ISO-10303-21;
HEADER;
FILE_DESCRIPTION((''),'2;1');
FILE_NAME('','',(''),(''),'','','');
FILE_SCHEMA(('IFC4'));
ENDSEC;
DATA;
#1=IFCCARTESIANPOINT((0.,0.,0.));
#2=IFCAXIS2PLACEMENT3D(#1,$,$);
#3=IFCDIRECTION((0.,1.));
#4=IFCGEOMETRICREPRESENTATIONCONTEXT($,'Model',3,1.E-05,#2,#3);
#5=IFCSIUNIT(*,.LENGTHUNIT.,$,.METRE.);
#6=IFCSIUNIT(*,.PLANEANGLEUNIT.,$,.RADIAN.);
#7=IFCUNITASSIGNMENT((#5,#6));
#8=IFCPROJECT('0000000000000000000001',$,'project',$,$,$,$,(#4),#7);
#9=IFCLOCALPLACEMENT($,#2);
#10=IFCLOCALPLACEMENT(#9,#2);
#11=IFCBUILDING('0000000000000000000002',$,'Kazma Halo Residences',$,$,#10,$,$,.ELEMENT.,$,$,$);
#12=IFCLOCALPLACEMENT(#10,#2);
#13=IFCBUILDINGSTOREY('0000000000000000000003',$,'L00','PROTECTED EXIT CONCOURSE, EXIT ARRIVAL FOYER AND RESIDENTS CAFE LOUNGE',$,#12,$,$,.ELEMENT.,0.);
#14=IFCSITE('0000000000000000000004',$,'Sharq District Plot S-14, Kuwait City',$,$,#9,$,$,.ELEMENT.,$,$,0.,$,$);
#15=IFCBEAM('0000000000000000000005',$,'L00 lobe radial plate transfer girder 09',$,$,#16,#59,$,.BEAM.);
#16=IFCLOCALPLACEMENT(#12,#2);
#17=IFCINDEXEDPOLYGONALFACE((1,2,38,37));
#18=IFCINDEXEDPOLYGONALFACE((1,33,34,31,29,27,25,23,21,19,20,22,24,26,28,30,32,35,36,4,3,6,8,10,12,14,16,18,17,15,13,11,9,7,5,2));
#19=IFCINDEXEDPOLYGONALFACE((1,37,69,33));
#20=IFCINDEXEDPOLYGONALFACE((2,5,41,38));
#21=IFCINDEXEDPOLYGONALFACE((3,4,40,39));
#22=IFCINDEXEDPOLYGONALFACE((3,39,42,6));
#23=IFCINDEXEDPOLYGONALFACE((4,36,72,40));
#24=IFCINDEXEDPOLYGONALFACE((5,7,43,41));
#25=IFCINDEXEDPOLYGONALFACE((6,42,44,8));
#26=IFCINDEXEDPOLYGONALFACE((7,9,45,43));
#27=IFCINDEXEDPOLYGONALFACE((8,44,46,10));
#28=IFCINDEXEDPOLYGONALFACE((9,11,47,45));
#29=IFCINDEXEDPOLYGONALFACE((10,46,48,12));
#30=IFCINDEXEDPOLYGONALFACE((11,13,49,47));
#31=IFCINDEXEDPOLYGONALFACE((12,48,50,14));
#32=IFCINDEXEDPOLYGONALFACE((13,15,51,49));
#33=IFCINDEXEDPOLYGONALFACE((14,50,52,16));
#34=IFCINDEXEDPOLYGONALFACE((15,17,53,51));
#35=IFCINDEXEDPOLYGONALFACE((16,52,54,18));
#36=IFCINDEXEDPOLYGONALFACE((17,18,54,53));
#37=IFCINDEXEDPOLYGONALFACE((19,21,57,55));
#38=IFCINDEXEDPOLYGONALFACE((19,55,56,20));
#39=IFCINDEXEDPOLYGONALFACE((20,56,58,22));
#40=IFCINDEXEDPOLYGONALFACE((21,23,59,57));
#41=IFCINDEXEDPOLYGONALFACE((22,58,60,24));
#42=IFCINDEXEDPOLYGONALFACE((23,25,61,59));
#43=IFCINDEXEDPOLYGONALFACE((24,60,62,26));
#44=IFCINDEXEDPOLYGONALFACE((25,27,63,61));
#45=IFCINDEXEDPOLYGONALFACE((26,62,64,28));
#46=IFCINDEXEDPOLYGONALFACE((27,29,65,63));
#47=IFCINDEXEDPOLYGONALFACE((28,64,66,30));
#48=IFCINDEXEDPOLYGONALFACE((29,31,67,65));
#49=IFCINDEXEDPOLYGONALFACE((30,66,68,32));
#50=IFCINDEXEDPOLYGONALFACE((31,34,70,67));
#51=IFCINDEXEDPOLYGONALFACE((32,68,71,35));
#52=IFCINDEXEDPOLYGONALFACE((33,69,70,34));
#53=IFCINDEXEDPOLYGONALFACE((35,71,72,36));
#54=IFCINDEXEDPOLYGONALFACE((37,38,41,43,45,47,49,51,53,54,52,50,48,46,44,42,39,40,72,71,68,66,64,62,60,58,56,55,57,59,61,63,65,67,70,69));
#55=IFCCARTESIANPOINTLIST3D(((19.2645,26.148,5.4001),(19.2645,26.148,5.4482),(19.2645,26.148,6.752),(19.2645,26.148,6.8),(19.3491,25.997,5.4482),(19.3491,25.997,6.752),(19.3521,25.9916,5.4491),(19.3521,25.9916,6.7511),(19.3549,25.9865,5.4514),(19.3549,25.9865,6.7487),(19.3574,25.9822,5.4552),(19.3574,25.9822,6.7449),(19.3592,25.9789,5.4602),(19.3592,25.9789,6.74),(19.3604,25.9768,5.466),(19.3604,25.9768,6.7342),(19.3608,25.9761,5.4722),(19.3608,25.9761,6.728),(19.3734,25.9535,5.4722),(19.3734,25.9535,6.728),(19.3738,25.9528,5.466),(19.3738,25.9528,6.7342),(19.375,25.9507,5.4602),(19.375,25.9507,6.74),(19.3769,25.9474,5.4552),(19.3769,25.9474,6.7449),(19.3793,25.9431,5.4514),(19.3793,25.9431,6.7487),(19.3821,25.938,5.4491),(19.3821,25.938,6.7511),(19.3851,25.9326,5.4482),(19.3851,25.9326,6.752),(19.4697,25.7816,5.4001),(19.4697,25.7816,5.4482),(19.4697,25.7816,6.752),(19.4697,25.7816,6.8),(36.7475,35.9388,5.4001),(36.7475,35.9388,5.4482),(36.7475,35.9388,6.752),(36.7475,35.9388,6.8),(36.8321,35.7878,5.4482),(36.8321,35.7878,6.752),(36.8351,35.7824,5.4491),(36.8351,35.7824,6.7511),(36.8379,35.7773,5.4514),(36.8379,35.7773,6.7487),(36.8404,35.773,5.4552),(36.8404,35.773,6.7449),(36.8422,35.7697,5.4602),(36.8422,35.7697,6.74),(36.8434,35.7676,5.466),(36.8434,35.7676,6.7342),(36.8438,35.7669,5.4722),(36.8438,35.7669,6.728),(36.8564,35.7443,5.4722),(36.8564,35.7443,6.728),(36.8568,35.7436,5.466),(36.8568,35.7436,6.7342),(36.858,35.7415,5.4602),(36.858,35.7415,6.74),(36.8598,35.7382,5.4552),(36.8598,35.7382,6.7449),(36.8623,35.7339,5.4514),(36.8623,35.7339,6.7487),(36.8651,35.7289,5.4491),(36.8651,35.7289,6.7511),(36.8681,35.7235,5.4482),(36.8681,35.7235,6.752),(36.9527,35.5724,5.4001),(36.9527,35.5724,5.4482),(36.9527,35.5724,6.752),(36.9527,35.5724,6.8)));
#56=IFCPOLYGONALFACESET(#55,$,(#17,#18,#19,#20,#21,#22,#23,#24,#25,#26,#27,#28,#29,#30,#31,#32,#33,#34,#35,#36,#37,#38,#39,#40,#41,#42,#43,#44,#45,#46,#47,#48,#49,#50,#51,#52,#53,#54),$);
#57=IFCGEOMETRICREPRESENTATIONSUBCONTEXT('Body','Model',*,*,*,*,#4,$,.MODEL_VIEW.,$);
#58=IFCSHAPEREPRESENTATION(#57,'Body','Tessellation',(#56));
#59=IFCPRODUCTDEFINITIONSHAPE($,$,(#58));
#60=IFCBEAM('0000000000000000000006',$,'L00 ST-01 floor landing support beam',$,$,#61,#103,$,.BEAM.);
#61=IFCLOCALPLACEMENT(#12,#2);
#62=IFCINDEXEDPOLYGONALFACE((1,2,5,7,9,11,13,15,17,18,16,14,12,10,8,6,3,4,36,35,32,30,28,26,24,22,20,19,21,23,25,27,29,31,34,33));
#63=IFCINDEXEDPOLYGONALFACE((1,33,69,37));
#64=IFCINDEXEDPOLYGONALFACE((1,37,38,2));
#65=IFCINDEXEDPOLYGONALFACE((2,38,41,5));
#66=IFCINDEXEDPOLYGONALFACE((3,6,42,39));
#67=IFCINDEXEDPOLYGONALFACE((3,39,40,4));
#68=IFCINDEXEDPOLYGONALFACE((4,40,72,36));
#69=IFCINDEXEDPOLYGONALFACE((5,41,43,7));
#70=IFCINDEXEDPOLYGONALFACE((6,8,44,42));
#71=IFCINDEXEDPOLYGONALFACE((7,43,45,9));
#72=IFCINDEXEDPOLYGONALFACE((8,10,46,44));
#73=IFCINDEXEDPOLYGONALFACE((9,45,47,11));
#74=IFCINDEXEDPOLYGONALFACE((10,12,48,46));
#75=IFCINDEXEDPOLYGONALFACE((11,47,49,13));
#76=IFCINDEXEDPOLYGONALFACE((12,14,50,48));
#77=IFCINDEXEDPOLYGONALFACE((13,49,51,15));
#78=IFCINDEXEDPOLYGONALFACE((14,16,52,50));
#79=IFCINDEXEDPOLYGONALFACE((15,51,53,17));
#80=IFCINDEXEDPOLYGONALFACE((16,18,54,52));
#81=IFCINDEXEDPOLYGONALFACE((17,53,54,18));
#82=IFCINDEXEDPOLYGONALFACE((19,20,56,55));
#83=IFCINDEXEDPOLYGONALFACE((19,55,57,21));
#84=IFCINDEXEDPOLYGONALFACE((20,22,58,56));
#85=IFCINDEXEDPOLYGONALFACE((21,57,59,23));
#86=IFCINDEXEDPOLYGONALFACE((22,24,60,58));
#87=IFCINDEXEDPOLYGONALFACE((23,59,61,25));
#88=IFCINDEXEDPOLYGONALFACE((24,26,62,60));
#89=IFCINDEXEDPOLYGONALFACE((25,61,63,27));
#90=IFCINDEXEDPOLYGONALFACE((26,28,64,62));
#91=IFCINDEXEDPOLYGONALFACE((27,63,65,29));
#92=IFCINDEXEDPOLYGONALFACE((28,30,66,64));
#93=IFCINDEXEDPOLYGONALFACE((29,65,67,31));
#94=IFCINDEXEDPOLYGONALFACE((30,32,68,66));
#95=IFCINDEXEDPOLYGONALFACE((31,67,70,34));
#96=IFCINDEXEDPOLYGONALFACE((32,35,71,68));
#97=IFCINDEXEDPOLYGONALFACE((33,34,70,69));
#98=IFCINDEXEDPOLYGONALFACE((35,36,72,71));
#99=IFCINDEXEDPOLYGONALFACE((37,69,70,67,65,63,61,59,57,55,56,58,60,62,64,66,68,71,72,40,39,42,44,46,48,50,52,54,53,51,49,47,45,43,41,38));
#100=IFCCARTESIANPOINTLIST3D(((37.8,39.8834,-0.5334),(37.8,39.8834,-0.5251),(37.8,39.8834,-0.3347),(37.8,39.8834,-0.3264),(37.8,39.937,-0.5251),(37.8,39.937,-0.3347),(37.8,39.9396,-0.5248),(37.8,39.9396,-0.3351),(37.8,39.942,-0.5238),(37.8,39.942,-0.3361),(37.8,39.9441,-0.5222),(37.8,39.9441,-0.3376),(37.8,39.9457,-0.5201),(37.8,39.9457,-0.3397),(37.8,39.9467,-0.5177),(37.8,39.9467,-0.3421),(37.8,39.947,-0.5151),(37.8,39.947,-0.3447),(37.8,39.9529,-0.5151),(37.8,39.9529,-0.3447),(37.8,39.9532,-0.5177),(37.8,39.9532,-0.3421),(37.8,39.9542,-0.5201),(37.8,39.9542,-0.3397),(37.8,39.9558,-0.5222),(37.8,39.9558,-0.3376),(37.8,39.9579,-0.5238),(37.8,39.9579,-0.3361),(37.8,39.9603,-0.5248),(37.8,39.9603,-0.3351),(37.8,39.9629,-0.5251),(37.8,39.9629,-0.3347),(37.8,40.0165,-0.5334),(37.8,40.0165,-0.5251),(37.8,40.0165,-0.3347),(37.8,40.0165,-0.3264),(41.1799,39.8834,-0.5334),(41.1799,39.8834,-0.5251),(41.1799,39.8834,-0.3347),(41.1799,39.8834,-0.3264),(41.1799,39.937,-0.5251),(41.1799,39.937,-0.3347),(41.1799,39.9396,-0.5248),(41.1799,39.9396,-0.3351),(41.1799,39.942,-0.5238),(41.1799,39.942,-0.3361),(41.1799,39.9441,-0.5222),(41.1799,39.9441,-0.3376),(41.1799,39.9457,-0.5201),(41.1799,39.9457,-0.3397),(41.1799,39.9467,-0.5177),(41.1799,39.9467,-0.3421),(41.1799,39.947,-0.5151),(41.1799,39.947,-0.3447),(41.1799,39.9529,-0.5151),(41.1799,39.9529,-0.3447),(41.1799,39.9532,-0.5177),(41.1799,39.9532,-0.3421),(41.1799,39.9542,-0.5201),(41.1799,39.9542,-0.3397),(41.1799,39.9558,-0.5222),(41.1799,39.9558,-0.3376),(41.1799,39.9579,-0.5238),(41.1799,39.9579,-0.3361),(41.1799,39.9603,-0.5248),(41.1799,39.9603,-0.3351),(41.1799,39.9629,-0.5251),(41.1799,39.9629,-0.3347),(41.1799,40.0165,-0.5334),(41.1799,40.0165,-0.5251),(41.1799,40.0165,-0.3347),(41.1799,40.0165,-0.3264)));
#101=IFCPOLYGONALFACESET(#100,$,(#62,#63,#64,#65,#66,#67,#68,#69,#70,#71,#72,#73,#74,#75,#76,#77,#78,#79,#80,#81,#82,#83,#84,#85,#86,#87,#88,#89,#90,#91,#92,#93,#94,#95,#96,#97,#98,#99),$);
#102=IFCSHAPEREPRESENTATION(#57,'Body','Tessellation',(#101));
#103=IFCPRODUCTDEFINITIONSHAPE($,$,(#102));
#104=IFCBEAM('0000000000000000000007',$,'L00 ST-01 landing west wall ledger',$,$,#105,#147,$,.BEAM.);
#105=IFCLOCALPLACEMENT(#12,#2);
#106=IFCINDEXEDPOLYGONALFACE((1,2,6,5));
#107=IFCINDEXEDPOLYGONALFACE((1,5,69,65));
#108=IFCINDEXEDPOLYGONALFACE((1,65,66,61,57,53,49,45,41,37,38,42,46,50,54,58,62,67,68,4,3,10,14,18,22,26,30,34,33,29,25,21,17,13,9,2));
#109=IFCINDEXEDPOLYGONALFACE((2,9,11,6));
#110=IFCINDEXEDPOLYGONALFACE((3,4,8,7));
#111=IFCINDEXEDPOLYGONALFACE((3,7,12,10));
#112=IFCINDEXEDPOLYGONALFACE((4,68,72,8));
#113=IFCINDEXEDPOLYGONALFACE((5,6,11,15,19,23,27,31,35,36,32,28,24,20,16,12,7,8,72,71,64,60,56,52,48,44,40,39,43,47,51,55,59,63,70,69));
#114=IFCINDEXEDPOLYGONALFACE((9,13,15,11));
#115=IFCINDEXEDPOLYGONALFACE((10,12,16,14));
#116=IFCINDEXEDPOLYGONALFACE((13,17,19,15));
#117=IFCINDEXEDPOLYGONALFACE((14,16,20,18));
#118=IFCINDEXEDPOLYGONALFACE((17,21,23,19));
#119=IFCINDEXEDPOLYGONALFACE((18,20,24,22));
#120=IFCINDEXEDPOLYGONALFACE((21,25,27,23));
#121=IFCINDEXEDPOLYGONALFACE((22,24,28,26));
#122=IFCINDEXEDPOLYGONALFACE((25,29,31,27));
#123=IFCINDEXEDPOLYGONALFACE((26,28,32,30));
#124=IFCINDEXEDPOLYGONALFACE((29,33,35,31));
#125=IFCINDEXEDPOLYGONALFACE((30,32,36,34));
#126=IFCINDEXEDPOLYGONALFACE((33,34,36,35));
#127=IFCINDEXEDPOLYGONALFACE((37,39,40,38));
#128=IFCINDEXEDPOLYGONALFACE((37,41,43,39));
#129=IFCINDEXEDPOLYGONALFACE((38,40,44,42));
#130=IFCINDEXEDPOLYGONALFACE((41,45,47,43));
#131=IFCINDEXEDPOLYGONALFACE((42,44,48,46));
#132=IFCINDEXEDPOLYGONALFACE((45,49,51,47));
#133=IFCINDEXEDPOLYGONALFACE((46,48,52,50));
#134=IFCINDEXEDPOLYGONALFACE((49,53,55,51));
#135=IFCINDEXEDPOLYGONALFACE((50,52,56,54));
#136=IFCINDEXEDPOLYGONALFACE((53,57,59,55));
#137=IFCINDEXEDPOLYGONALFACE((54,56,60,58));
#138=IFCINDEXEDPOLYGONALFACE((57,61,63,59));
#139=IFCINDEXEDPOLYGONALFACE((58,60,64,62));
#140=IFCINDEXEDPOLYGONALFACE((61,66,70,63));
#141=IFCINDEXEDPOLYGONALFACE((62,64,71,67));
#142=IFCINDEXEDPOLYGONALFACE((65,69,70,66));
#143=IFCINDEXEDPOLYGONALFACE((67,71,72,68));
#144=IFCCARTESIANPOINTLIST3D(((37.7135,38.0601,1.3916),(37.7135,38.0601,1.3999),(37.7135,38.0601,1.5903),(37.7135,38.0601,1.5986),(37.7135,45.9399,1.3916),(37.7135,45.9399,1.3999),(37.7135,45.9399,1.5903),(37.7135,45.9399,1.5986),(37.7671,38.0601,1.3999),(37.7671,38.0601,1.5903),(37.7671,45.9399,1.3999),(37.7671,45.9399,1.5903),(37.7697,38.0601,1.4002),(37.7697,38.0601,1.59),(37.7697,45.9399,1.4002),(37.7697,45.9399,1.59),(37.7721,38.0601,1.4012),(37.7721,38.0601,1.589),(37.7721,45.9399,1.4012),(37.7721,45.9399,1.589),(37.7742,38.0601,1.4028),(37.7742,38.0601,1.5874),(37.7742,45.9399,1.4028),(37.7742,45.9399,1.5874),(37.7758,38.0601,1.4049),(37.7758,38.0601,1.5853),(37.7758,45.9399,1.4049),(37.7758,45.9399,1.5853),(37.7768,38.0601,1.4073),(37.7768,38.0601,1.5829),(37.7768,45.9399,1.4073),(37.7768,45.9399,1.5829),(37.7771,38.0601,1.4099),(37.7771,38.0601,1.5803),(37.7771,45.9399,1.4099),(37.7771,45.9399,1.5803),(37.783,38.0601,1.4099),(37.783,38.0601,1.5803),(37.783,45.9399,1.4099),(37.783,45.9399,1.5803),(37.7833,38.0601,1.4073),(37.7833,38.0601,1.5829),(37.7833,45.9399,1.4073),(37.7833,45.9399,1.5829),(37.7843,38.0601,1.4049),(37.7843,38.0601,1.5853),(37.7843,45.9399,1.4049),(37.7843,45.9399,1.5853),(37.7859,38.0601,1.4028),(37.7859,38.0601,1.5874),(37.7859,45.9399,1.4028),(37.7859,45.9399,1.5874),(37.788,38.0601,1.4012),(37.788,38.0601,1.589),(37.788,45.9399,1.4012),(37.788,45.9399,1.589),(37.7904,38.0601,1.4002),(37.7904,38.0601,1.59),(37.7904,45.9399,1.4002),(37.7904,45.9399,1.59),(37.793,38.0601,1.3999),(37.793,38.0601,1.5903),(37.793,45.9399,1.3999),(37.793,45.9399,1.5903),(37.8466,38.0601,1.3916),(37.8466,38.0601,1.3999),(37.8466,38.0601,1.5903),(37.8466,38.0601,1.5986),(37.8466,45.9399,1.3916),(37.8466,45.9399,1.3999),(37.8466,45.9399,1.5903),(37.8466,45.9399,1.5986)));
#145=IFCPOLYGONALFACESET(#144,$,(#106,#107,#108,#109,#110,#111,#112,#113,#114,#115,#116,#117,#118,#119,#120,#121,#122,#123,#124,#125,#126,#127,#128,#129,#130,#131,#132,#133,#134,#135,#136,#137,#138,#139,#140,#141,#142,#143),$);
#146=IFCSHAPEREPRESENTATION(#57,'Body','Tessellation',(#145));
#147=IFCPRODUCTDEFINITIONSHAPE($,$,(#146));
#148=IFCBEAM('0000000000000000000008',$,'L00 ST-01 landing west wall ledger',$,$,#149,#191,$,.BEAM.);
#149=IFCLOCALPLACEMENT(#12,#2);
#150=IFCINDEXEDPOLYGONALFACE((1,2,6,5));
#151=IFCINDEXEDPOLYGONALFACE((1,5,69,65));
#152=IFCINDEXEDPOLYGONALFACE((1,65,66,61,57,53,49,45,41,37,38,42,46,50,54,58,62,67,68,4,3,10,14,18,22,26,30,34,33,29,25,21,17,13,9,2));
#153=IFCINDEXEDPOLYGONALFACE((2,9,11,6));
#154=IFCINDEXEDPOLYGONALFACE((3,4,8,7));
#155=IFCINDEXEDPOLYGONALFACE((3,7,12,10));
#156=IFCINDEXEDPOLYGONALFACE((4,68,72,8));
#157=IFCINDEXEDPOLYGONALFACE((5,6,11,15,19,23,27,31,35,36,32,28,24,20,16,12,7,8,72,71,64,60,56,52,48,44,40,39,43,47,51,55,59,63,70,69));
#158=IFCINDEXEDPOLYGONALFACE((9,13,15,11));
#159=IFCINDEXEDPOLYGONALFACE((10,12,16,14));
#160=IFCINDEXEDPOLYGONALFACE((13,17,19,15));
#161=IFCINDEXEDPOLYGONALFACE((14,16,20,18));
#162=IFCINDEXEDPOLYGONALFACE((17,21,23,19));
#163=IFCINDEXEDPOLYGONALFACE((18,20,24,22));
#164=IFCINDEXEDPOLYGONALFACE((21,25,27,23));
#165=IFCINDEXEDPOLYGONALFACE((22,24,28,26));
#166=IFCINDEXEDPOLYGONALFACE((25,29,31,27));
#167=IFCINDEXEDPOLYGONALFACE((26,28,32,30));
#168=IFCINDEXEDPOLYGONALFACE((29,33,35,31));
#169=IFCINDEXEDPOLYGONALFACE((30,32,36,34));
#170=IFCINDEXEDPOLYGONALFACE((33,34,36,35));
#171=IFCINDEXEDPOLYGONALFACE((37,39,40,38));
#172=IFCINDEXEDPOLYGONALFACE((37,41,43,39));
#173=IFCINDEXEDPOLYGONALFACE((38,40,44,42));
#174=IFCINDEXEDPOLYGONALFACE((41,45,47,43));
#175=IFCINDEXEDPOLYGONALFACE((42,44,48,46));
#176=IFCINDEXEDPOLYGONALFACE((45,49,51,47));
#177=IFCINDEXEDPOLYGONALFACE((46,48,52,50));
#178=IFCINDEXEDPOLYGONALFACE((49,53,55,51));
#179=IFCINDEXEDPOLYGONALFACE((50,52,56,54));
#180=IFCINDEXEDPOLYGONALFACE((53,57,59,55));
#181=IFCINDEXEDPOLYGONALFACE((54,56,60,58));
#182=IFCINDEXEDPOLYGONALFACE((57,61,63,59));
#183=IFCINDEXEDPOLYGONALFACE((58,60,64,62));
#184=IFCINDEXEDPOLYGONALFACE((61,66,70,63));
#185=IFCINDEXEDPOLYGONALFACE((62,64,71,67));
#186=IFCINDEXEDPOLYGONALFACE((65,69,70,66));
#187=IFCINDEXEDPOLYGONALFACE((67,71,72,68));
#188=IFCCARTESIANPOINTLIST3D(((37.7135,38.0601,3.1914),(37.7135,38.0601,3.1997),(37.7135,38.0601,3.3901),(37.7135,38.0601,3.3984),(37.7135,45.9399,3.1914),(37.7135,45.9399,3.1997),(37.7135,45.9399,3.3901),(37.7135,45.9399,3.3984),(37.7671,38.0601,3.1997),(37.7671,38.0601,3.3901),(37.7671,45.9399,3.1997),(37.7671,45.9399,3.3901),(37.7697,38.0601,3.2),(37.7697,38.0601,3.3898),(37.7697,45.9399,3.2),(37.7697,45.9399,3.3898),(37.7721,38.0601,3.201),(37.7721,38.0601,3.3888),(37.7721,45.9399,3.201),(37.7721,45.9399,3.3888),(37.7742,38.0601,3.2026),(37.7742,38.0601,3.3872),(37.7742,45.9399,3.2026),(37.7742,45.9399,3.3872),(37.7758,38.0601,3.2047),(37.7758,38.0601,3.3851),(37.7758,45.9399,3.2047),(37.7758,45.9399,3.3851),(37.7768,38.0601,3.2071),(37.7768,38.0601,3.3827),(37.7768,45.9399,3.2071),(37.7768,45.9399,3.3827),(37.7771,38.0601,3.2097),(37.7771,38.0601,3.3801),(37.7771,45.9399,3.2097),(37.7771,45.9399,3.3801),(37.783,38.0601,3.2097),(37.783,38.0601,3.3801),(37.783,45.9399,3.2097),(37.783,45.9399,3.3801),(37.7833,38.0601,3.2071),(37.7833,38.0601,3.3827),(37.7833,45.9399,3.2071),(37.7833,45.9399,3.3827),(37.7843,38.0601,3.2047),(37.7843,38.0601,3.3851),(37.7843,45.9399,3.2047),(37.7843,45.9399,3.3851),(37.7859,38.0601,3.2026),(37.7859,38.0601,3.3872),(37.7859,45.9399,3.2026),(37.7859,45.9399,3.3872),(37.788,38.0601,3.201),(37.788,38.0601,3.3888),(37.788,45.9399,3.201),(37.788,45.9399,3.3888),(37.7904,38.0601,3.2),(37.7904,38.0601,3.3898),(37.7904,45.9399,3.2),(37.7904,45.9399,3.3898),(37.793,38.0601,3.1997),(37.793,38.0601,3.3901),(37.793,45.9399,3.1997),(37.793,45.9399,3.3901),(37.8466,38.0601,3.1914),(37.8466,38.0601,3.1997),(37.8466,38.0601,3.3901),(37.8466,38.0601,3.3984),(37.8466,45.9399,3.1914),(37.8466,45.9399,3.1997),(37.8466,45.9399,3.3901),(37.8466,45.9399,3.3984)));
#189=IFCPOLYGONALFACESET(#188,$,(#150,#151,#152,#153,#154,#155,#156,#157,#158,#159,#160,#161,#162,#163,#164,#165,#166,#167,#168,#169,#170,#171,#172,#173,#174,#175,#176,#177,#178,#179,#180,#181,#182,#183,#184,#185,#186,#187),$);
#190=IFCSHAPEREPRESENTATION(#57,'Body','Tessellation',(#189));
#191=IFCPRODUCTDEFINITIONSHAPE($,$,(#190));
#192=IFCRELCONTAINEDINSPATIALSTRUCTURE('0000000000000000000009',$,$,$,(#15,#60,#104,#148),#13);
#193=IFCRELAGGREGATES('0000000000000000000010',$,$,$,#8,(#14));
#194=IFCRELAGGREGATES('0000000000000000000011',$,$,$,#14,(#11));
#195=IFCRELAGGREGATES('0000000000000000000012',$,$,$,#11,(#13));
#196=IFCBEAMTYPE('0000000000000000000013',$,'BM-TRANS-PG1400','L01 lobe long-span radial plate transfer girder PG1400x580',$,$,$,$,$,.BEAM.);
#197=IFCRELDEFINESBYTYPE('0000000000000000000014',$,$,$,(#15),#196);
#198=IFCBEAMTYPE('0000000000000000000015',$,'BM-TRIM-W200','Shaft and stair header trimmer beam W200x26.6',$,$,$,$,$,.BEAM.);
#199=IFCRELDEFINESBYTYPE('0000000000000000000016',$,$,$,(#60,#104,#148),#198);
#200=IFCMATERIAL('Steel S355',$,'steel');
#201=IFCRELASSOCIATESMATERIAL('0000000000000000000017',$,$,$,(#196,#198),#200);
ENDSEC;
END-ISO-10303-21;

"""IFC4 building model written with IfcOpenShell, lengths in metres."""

from ifc_helpers import new_model, si_unit, direction, frame, origin, origin_2d, place, context, subcontext, project, spatial, i_section, extrude, material, material_profile, profile_set, type_object, element, save


model = new_model("IFC4")

# Units and contexts
model_context = context("Model", 3, precision=1e-05, world=origin(), true_north=direction((0.0, 1.0)))
body_context = subcontext(model_context, "Body", "Model", "MODEL_VIEW")
ifc_project = project(units=[si_unit("LENGTHUNIT", "METRE"), si_unit("PLANEANGLEUNIT", "RADIAN")], contexts=[model_context])

# Site, building, storey
site_placement = place(None, origin())
site = spatial("IfcSite", under=ifc_project, at=site_placement, Name="Sharq District Plot S-14, Kuwait City", CompositionType="ELEMENT", RefElevation=0.0)
building_placement = place(site_placement, origin())
building = spatial("IfcBuilding", under=site, at=building_placement, Name="Kazma Halo Residences", CompositionType="ELEMENT")
storey_placement = place(building_placement, origin())
storey = spatial("IfcBuildingStorey", under=building, at=storey_placement, Name="L00", Description="PROTECTED EXIT CONCOURSE, EXIT ARRIVAL FOYER AND RESIDENTS CAFE LOUNGE", CompositionType="ELEMENT", Elevation=0.0)

# Beams
ifc_material_1 = material(Name="Steel S355", Category="steel")
ifc_material_profile_1 = material_profile(ifc_material_1, i_section(OverallWidth=0.4199, OverallDepth=1.3999, WebThickness=0.0259, FlangeThickness=0.0481, FilletRadius=0.0239, at=origin_2d()), Name="PG1400x580")
ifc_profile_set_1 = profile_set([ifc_material_profile_1], Name="Steel S355")
beam_type_1 = type_object("IfcBeamType", Name="BM-TRANS-PG1400", Description="L01 lobe long-span radial plate transfer girder PG1400x580", PredefinedType="BEAM", material=ifc_profile_set_1)
beam_1_placement = place(storey_placement, frame((36.8501, 35.7556, 6.1001), z_axis=(-0.872499, -0.488616, 0.0), x_axis=(0.488616, -0.872499, 0.0)))
element("IfcBeam", 1, at=beam_1_placement, inside=storey, type_object=beam_type_1, Name="L00 lobe radial plate transfer girder 09", PredefinedType="BEAM", context=body_context, shape_type="SweptSolid", body=[
    extrude(i_section(OverallWidth=0.4199, OverallDepth=1.3999, WebThickness=0.0259, FlangeThickness=0.0481, FilletRadius=0.0239, at=origin_2d()), origin(), (0.0, 0.0, 1.0), 20.0378),
])
ifc_material_profile_2 = material_profile(ifc_material_1, i_section(OverallWidth=0.1331, OverallDepth=0.207, WebThickness=0.0059, FlangeThickness=0.0083, FilletRadius=0.01, at=origin_2d()), Name="W200x26.6")
ifc_profile_set_2 = profile_set([ifc_material_profile_2], Name="Steel S355")
beam_type_2 = type_object("IfcBeamType", Name="BM-TRIM-W200", Description="Shaft and stair header trimmer beam W200x26.6", PredefinedType="BEAM", material=ifc_profile_set_2)
beam_2_placement = place(storey_placement, frame((37.8, 39.95, -0.4299), z_axis=(1.0, 0.0, 0.0), x_axis=(0.0, 1.0, 0.0)))
element("IfcBeam", 2, at=beam_2_placement, inside=storey, type_object=beam_type_2, Name="L00 ST-01 floor landing support beam", PredefinedType="BEAM", context=body_context, shape_type="SweptSolid", body=[
    extrude(i_section(OverallWidth=0.1331, OverallDepth=0.207, WebThickness=0.0059, FlangeThickness=0.0083, FilletRadius=0.01, at=origin_2d()), origin(), (0.0, 0.0, 1.0), 3.3799),
])
for number, where, z_axis, x_axis, name in (
    (3, (37.78, 38.0601, 1.4951), (0.0, 1.0, 0.0), (-1.0, 0.0, 0.0), "L00 ST-01 landing west wall ledger"),
    (4, (37.78, 38.0601, 3.2949), (0.0, 1.0, 0.0), (-1.0, 0.0, 0.0), "L00 ST-01 landing west wall ledger"),
):
    element("IfcBeam", number, at=place(storey_placement, frame(where, z_axis=z_axis, x_axis=x_axis)), inside=storey, type_object=beam_type_2, Name=name, PredefinedType="BEAM", context=body_context, shape_type="SweptSolid", body=[
        extrude(i_section(OverallWidth=0.1331, OverallDepth=0.207, WebThickness=0.0059, FlangeThickness=0.0083, FilletRadius=0.01, at=origin_2d()), origin(), (0.0, 0.0, 1.0), 7.8799),
    ])

save(model, "model.ifc")
